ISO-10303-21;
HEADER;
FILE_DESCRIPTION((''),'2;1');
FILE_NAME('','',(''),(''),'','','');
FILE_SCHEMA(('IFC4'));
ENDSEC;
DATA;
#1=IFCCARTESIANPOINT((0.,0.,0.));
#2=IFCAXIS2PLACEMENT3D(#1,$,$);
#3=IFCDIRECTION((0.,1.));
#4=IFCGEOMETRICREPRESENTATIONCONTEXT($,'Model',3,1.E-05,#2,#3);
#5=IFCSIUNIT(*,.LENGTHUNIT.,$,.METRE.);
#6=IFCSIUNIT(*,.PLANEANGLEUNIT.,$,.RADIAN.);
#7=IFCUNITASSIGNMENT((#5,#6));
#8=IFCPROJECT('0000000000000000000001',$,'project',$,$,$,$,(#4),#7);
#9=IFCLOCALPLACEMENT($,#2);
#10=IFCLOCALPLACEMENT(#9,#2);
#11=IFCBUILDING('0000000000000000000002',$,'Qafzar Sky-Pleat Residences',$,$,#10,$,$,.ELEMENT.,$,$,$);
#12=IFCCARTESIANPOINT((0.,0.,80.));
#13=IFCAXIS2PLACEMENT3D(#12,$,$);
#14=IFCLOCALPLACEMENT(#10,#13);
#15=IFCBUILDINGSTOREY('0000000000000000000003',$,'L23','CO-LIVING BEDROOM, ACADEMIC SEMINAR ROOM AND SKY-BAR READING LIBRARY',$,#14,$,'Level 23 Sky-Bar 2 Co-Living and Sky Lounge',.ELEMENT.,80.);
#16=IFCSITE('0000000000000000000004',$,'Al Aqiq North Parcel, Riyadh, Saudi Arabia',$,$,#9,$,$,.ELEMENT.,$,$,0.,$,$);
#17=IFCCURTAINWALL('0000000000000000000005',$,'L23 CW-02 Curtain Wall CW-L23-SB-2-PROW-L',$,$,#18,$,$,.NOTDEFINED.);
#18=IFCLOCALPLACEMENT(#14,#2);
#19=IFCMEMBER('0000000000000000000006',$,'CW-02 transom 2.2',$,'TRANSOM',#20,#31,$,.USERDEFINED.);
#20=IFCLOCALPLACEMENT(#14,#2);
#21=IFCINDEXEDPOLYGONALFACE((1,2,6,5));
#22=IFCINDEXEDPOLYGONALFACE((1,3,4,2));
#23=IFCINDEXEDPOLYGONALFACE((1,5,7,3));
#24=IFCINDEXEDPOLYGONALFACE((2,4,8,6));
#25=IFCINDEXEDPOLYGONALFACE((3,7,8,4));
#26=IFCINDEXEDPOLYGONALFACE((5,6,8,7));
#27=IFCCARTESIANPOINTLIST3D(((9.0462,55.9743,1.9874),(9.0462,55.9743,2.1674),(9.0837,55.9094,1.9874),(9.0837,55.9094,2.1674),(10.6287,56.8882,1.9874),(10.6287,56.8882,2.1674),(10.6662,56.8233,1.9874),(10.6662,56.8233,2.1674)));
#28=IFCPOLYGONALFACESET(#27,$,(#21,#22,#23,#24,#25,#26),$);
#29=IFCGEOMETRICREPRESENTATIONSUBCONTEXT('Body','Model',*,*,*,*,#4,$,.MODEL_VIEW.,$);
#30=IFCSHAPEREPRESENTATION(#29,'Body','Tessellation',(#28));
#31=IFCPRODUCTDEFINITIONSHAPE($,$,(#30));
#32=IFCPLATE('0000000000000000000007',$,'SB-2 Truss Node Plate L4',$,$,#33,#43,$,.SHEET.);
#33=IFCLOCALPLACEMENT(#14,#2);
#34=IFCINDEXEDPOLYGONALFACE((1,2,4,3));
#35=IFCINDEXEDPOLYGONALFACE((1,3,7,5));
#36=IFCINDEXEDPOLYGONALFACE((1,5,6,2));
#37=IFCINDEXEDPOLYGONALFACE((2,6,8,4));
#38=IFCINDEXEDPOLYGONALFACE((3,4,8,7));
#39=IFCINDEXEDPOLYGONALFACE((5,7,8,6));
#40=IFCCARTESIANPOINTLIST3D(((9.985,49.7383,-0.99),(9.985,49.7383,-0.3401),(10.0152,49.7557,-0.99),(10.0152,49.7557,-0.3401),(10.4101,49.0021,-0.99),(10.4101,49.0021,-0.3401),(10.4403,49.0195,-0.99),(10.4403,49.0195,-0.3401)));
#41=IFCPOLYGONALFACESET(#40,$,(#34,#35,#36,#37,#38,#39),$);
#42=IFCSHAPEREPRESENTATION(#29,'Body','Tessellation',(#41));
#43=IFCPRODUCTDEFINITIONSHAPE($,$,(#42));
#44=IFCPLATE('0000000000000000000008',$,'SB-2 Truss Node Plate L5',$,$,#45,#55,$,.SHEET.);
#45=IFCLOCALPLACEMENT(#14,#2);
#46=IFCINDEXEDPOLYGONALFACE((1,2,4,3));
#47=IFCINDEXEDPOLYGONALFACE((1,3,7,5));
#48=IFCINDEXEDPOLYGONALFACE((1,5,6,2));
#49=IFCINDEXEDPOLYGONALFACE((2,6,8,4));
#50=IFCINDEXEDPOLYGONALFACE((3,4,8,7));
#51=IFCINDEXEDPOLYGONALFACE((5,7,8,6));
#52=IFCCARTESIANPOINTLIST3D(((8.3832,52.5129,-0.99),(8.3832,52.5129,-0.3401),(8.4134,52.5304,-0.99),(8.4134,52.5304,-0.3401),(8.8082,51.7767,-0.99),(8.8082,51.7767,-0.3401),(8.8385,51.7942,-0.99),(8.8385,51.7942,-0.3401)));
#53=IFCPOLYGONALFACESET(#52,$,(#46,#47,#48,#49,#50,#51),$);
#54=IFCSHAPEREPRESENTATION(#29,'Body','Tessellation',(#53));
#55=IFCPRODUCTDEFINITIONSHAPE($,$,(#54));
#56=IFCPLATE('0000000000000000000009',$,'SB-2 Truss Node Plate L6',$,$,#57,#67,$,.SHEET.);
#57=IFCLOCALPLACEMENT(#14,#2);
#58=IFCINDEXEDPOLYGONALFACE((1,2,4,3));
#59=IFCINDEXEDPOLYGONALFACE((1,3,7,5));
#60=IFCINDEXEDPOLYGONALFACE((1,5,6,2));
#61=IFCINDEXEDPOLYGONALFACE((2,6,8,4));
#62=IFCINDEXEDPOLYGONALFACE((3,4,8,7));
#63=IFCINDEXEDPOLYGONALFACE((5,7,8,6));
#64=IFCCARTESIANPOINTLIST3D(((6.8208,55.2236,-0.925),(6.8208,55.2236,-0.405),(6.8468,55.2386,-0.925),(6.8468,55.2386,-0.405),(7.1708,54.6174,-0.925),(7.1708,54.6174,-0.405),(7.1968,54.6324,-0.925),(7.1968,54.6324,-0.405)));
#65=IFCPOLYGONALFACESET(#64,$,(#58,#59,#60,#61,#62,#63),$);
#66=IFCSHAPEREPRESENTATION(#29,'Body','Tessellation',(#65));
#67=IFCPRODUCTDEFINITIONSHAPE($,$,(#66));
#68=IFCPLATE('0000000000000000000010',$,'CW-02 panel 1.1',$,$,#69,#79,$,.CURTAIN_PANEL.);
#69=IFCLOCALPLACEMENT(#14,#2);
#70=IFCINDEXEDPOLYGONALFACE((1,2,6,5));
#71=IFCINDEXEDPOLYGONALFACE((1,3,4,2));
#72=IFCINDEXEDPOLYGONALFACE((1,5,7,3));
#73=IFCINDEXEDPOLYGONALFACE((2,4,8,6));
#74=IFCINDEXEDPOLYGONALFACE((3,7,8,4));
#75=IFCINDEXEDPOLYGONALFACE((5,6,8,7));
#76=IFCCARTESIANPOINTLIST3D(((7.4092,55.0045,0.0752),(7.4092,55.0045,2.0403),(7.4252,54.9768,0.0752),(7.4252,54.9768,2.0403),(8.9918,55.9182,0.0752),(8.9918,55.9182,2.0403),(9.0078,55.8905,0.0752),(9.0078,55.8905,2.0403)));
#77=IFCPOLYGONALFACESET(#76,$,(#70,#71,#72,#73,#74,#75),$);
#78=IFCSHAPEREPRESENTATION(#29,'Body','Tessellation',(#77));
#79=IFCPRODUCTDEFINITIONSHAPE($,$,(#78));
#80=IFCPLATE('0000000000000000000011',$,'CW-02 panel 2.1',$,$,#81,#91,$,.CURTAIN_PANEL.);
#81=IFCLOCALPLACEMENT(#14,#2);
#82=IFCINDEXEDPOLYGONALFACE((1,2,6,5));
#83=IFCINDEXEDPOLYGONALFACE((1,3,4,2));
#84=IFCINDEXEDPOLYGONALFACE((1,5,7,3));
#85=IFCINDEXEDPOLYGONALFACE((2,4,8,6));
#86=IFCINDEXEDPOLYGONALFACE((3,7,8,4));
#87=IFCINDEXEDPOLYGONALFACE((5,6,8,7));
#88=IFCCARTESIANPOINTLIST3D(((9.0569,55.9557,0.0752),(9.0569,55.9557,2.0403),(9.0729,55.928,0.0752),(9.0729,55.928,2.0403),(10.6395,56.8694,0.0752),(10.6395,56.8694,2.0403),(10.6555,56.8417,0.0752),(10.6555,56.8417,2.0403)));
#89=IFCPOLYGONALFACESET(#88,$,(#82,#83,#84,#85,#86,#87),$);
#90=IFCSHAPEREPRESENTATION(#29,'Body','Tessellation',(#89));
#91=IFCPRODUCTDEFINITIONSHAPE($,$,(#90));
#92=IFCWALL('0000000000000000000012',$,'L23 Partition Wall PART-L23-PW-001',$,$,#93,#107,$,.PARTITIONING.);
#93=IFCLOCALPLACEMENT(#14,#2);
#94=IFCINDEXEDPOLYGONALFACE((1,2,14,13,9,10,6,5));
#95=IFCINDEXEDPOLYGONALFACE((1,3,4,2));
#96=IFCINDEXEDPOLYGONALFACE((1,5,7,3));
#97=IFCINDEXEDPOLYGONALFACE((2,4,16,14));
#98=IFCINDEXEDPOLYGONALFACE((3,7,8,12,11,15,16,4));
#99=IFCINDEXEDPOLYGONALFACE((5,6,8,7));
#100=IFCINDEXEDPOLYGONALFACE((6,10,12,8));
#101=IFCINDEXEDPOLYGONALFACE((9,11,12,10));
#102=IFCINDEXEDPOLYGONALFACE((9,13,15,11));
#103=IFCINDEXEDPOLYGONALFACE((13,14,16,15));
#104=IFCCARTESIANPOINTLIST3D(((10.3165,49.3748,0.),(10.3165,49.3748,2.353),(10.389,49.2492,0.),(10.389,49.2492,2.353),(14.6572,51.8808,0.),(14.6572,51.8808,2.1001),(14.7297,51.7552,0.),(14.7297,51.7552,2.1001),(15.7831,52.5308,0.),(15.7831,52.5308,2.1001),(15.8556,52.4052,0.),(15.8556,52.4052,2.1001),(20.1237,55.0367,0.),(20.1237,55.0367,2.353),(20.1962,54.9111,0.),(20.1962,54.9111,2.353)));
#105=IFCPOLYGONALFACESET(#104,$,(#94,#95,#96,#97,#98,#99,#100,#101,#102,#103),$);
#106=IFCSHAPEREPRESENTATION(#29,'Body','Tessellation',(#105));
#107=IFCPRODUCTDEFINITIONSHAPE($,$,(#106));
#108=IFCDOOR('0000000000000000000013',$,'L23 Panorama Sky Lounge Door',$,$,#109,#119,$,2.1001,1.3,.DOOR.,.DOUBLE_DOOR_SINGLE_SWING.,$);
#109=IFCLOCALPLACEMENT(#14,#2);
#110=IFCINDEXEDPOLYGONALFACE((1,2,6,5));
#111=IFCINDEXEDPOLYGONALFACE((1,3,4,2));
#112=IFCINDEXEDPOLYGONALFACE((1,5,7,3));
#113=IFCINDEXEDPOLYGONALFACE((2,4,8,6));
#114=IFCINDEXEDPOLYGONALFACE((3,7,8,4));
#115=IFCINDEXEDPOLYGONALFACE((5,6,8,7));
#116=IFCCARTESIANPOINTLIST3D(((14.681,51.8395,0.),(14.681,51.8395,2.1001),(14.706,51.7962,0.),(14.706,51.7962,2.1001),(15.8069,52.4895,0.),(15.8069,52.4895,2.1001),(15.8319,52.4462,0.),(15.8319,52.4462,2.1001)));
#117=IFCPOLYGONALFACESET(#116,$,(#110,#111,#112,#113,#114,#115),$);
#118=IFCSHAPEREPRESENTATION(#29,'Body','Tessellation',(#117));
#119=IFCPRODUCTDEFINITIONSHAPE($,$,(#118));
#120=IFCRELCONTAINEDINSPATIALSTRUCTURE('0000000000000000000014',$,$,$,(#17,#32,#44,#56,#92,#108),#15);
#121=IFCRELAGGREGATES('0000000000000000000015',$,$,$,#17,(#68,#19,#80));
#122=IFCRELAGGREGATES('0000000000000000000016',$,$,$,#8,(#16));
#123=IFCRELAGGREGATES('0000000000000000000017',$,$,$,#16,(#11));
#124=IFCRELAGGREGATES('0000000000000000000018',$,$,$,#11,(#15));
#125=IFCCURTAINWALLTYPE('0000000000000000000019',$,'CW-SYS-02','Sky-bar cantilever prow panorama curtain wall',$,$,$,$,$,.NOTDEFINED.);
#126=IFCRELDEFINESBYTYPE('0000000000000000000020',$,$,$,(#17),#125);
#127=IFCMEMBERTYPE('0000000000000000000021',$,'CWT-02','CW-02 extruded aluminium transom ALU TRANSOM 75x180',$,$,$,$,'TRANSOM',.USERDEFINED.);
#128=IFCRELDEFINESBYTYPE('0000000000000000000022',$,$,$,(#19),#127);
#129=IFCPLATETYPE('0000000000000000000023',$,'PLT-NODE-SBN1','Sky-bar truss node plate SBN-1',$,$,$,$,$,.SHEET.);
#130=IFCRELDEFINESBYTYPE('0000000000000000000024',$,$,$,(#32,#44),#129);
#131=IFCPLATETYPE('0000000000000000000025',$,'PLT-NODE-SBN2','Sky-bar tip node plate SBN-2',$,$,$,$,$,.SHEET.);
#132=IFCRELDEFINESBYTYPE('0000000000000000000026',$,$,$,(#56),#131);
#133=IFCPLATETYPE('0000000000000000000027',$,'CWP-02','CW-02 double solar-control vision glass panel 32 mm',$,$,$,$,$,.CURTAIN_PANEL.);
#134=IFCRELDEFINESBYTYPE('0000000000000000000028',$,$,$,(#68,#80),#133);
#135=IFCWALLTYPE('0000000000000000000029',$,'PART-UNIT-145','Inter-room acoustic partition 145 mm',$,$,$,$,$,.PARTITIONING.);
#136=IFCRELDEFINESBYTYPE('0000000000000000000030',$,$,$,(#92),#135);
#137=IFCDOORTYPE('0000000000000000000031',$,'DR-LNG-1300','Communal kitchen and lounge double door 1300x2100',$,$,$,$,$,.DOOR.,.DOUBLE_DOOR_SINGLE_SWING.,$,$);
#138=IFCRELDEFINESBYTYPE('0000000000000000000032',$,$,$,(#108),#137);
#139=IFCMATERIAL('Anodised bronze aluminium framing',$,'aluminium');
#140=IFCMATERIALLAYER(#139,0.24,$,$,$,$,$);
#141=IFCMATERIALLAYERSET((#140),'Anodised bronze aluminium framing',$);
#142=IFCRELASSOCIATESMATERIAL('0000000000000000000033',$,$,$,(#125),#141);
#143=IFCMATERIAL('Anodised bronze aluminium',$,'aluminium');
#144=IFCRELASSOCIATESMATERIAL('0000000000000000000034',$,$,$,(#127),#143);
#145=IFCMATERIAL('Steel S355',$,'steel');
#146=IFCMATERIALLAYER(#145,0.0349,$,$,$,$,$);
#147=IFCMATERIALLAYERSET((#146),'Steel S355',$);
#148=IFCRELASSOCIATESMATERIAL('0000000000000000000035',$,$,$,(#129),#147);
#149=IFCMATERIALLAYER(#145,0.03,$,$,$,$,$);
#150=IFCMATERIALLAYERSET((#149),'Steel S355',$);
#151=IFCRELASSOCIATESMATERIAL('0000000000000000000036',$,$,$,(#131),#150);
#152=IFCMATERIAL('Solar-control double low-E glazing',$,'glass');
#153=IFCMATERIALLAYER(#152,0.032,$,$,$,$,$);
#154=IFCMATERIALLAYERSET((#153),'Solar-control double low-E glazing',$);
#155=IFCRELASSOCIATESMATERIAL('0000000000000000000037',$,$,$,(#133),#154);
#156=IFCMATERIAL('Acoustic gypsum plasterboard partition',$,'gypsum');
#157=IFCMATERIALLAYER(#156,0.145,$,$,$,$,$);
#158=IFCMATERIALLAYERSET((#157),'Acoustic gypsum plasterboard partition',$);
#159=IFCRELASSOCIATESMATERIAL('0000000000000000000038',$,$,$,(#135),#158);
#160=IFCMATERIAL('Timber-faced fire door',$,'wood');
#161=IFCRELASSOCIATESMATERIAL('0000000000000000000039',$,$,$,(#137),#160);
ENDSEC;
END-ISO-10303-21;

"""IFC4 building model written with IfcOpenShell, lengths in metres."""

from ifc_helpers import new_model, si_unit, direction, frame, frame_2d, origin, origin_2d, place, context, subcontext, project, spatial, rectangle, extrude, source, transform, mapped, material, layer, layer_set, material_profile, profile_set, type_object, element, fill, aggregate, save


model = new_model("IFC4")

# Units and contexts
model_context = context("Model", 3, precision=1e-05, world=origin(), true_north=direction((0.0, 1.0)))
body_context = subcontext(model_context, "Body", "Model", "MODEL_VIEW")
ifc_project = project(units=[si_unit("LENGTHUNIT", "METRE"), si_unit("PLANEANGLEUNIT", "RADIAN")], contexts=[model_context])

# Site, building, storey
site_placement = place(None, origin())
site = spatial("IfcSite", under=ifc_project, at=site_placement, Name="Al Aqiq North Parcel, Riyadh, Saudi Arabia", CompositionType="ELEMENT", RefElevation=0.0)
building_placement = place(site_placement, origin())
building = spatial("IfcBuilding", under=site, at=building_placement, Name="Qafzar Sky-Pleat Residences", CompositionType="ELEMENT")
storey_placement = place(building_placement, frame((0.0, 0.0, 80.0)))
storey = spatial("IfcBuildingStorey", under=building, at=storey_placement, Name="L23", Description="CO-LIVING BEDROOM, ACADEMIC SEMINAR ROOM AND SKY-BAR READING LIBRARY", LongName="Level 23 Sky-Bar 2 Co-Living and Sky Lounge", CompositionType="ELEMENT", Elevation=80.0)

# Shared definitions
ifc_material_1 = material(Name="Steel S355", Category="steel")

# Curtain wall, member
ifc_material_2 = material(Name="Anodised bronze aluminium framing", Category="aluminium")
ifc_layer_1 = layer(ifc_material_2, 0.24)
ifc_layer_set_1 = layer_set([ifc_layer_1], Name="Anodised bronze aluminium framing")
curtain_wall_type = type_object("IfcCurtainWallType", Name="CW-SYS-02", Description="Sky-bar cantilever prow panorama curtain wall", PredefinedType="NOTDEFINED", material=ifc_layer_set_1)
curtain_wall_placement = place(storey_placement, origin())
curtain_wall = element("IfcCurtainWall", 1, at=curtain_wall_placement, inside=storey, type_object=curtain_wall_type, Name="L23 CW-02 Curtain Wall CW-L23-SB-2-PROW-L", PredefinedType="NOTDEFINED")
ifc_material_3 = material(Name="Anodised bronze aluminium", Category="aluminium")
ifc_material_profile_1 = material_profile(ifc_material_3, rectangle(XDim=0.075, YDim=0.1799, at=origin_2d()), Name="ALU TRANSOM 75x180")
ifc_profile_set_1 = profile_set([ifc_material_profile_1], Name="Anodised bronze aluminium")
member_type_1 = type_object("IfcMemberType", Name="CWT-02", Description="CW-02 extruded aluminium transom ALU TRANSOM 75x180", ElementType="TRANSOM", PredefinedType="USERDEFINED", material=ifc_profile_set_1)
shared_shape_1 = source(origin(), body_context, "Body", "SweptSolid", [
    extrude(rectangle(XDim=0.075, YDim=0.1799, at=origin_2d()), origin(), (0.0, 0.0, 1.0), 1.8274),
])
member_1_placement = place(storey_placement, frame((9.0649, 55.9419, 2.0774), z_axis=(0.86599, 0.500062, 0.0), x_axis=(-0.500062, 0.86599, 0.0)))
member_1 = element("IfcMember", 2, at=member_1_placement, type_object=member_type_1, Name="CW-02 transom 2.2", ObjectType="TRANSOM", PredefinedType="USERDEFINED", context=body_context, shape_type="MappedRepresentation", body=[
    mapped(shared_shape_1, transform((0.0, 0.0, 0.0), x_axis=(1.0, 0.0, 0.0), y_axis=(0.0, 1.0, 0.0), z_axis=(0.0, 0.0, 1.0), scale=1.0)),
])

# Plates
ifc_layer_2 = layer(ifc_material_1, 0.0349)
ifc_layer_set_2 = layer_set([ifc_layer_2], Name="Steel S355")
plate_type_1 = type_object("IfcPlateType", Name="PLT-NODE-SBN1", Description="Sky-bar truss node plate SBN-1", PredefinedType="SHEET", material=ifc_layer_set_2)
shared_shape_2 = source(origin(), body_context, "Body", "SweptSolid", [
    extrude(rectangle(XDim=0.8501, YDim=0.0349, at=origin_2d()), origin(), (0.0, 0.0, 1.0), 0.6499),
])
for number, where, z_axis, x_axis, name in (
    (3, (10.2126, 49.3789, -0.99), (0.0, 0.0, 1.0), (-0.5, 0.866025, 0.0), "SB-2 Truss Node Plate L4"),
    (4, (8.6108, 52.1536, -0.99), (0.0, 0.0, 1.0), (-0.5, 0.866025, 0.0), "SB-2 Truss Node Plate L5"),
):
    element("IfcPlate", number, at=place(storey_placement, frame(where, z_axis=z_axis, x_axis=x_axis)), inside=storey, type_object=plate_type_1, Name=name, PredefinedType="SHEET", context=body_context, shape_type="MappedRepresentation", body=[
        mapped(shared_shape_2, transform((0.0, 0.0, 0.0), x_axis=(1.0, 0.0, 0.0), y_axis=(0.0, 1.0, 0.0), z_axis=(0.0, 0.0, 1.0), scale=1.0)),
    ])
ifc_layer_3 = layer(ifc_material_1, 0.03)
ifc_layer_set_3 = layer_set([ifc_layer_3], Name="Steel S355")
plate_type_2 = type_object("IfcPlateType", Name="PLT-NODE-SBN2", Description="Sky-bar tip node plate SBN-2", PredefinedType="SHEET", material=ifc_layer_set_3)
shared_shape_3 = source(origin(), body_context, "Body", "SweptSolid", [
    extrude(rectangle(XDim=0.7, YDim=0.03, at=origin_2d()), origin(), (0.0, 0.0, 1.0), 0.52),
])
plate_1_placement = place(storey_placement, frame((7.0088, 54.928, -0.925), z_axis=(0.0, 0.0, 1.0), x_axis=(-0.5, 0.866025, 0.0)))
element("IfcPlate", 5, at=plate_1_placement, inside=storey, type_object=plate_type_2, Name="SB-2 Truss Node Plate L6", PredefinedType="SHEET", context=body_context, shape_type="MappedRepresentation", body=[
    mapped(shared_shape_3, transform((0.0, 0.0, 0.0), x_axis=(1.0, 0.0, 0.0), y_axis=(0.0, 1.0, 0.0), z_axis=(0.0, 0.0, 1.0), scale=1.0)),
])

# Plates
ifc_material_4 = material(Name="Solar-control double low-E glazing", Category="glass")
ifc_layer_4 = layer(ifc_material_4, 0.032)
ifc_layer_set_4 = layer_set([ifc_layer_4], Name="Solar-control double low-E glazing")
plate_type_3 = type_object("IfcPlateType", Name="CWP-02", Description="CW-02 double solar-control vision glass panel 32 mm", PredefinedType="CURTAIN_PANEL", material=ifc_layer_set_4)
shared_shape_4 = source(origin(), body_context, "Body", "SweptSolid", [
    extrude(rectangle(XDim=1.8274, YDim=0.032, at=origin_2d()), origin(), (0.0, 0.0, 1.0), 1.9651),
])
plate_2_placement = place(storey_placement, frame((8.2085, 55.4475, 0.0752), z_axis=(0.0, 0.0, 1.0), x_axis=(0.866027, 0.499998, 0.0)))
plate_2 = element("IfcPlate", 6, at=plate_2_placement, type_object=plate_type_3, Name="CW-02 panel 1.1", PredefinedType="CURTAIN_PANEL", context=body_context, shape_type="MappedRepresentation", body=[
    mapped(shared_shape_4, transform((0.0, 0.0, 0.0), x_axis=(1.0, 0.0, 0.0), y_axis=(0.0, 1.0, 0.0), z_axis=(0.0, 0.0, 1.0), scale=1.0)),
])
plate_3_placement = place(storey_placement, frame((9.8562, 56.3987, 0.0752), z_axis=(0.0, 0.0, 1.0), x_axis=(0.866027, 0.499998, 0.0)))
plate_3 = element("IfcPlate", 7, at=plate_3_placement, type_object=plate_type_3, Name="CW-02 panel 2.1", PredefinedType="CURTAIN_PANEL", context=body_context, shape_type="MappedRepresentation", body=[
    mapped(shared_shape_4, transform((0.0, 0.0, 0.0), x_axis=(1.0, 0.0, 0.0), y_axis=(0.0, 1.0, 0.0), z_axis=(0.0, 0.0, 1.0), scale=1.0)),
])
aggregate(curtain_wall, [plate_2, member_1, plate_3])

# Wall, opening, door
ifc_material_5 = material(Name="Acoustic gypsum plasterboard partition", Category="gypsum")
ifc_layer_5 = layer(ifc_material_5, 0.145)
ifc_layer_set_5 = layer_set([ifc_layer_5], Name="Acoustic gypsum plasterboard partition")
wall_type = type_object("IfcWallType", Name="PART-UNIT-145", Description="Inter-room acoustic partition 145 mm", PredefinedType="PARTITIONING", material=ifc_layer_set_5)
wall_placement = place(storey_placement, frame((10.3528, 49.312, 0.0), z_axis=(0.0, 0.0, 1.0), x_axis=(0.866036, 0.499981, 0.0)))
wall = element("IfcWall", 8, at=wall_placement, inside=storey, type_object=wall_type, Name="L23 Partition Wall PART-L23-PW-001", PredefinedType="PARTITIONING", context=body_context, shape_type="SweptSolid", body=[
    extrude(rectangle(XDim=11.3242, YDim=0.145, at=frame_2d((5.6621, 0.0))), origin(), (0.0, 0.0, 1.0), 2.353),
])
opening_placement = place(wall_placement, frame((5.0122, 0.0, 0.0)))
opening = element("IfcOpeningElement", 9, at=opening_placement, cuts=wall, PredefinedType="OPENING", context=body_context, shape_type="SweptSolid", body=[
    extrude(rectangle(XDim=1.3, YDim=2.1001, at=frame_2d((0.6499, 1.05))), frame((0.0, 0.0825, 0.0), z_axis=(0.0, -1.0, 0.0), x_axis=(1.0, 0.0, 0.0)), (0.0, 0.0, 1.0), 0.165),
])
ifc_material_6 = material(Name="Timber-faced fire door", Category="wood")
door_type = type_object("IfcDoorType", Name="DR-LNG-1300", Description="Communal kitchen and lounge double door 1300x2100", OperationType="DOUBLE_DOOR_SINGLE_SWING", PredefinedType="DOOR", material=ifc_material_6)
shared_shape_5 = source(origin(), body_context, "Body", "SweptSolid", [
    extrude(rectangle(XDim=1.3, YDim=2.1001, at=frame_2d((0.6499, 1.05))), frame((0.0, 0.0249, 0.0), z_axis=(0.0, -1.0, 0.0), x_axis=(1.0, 0.0, 0.0)), (0.0, 0.0, 1.0), 0.05),
])
door_placement = place(opening_placement, origin())
door = element("IfcDoor", 10, at=door_placement, inside=storey, type_object=door_type, Name="L23 Panorama Sky Lounge Door", OperationType="DOUBLE_DOOR_SINGLE_SWING", OverallHeight=2.1001, OverallWidth=1.3, PredefinedType="DOOR", context=body_context, shape_type="MappedRepresentation", body=[
    mapped(shared_shape_5, transform((0.0, 0.0, 0.0), x_axis=(1.0, 0.0, 0.0), y_axis=(0.0, 1.0, 0.0), z_axis=(0.0, 0.0, 1.0), scale=1.0)),
])
fill(opening, door)

save(model, "model.ifc")
